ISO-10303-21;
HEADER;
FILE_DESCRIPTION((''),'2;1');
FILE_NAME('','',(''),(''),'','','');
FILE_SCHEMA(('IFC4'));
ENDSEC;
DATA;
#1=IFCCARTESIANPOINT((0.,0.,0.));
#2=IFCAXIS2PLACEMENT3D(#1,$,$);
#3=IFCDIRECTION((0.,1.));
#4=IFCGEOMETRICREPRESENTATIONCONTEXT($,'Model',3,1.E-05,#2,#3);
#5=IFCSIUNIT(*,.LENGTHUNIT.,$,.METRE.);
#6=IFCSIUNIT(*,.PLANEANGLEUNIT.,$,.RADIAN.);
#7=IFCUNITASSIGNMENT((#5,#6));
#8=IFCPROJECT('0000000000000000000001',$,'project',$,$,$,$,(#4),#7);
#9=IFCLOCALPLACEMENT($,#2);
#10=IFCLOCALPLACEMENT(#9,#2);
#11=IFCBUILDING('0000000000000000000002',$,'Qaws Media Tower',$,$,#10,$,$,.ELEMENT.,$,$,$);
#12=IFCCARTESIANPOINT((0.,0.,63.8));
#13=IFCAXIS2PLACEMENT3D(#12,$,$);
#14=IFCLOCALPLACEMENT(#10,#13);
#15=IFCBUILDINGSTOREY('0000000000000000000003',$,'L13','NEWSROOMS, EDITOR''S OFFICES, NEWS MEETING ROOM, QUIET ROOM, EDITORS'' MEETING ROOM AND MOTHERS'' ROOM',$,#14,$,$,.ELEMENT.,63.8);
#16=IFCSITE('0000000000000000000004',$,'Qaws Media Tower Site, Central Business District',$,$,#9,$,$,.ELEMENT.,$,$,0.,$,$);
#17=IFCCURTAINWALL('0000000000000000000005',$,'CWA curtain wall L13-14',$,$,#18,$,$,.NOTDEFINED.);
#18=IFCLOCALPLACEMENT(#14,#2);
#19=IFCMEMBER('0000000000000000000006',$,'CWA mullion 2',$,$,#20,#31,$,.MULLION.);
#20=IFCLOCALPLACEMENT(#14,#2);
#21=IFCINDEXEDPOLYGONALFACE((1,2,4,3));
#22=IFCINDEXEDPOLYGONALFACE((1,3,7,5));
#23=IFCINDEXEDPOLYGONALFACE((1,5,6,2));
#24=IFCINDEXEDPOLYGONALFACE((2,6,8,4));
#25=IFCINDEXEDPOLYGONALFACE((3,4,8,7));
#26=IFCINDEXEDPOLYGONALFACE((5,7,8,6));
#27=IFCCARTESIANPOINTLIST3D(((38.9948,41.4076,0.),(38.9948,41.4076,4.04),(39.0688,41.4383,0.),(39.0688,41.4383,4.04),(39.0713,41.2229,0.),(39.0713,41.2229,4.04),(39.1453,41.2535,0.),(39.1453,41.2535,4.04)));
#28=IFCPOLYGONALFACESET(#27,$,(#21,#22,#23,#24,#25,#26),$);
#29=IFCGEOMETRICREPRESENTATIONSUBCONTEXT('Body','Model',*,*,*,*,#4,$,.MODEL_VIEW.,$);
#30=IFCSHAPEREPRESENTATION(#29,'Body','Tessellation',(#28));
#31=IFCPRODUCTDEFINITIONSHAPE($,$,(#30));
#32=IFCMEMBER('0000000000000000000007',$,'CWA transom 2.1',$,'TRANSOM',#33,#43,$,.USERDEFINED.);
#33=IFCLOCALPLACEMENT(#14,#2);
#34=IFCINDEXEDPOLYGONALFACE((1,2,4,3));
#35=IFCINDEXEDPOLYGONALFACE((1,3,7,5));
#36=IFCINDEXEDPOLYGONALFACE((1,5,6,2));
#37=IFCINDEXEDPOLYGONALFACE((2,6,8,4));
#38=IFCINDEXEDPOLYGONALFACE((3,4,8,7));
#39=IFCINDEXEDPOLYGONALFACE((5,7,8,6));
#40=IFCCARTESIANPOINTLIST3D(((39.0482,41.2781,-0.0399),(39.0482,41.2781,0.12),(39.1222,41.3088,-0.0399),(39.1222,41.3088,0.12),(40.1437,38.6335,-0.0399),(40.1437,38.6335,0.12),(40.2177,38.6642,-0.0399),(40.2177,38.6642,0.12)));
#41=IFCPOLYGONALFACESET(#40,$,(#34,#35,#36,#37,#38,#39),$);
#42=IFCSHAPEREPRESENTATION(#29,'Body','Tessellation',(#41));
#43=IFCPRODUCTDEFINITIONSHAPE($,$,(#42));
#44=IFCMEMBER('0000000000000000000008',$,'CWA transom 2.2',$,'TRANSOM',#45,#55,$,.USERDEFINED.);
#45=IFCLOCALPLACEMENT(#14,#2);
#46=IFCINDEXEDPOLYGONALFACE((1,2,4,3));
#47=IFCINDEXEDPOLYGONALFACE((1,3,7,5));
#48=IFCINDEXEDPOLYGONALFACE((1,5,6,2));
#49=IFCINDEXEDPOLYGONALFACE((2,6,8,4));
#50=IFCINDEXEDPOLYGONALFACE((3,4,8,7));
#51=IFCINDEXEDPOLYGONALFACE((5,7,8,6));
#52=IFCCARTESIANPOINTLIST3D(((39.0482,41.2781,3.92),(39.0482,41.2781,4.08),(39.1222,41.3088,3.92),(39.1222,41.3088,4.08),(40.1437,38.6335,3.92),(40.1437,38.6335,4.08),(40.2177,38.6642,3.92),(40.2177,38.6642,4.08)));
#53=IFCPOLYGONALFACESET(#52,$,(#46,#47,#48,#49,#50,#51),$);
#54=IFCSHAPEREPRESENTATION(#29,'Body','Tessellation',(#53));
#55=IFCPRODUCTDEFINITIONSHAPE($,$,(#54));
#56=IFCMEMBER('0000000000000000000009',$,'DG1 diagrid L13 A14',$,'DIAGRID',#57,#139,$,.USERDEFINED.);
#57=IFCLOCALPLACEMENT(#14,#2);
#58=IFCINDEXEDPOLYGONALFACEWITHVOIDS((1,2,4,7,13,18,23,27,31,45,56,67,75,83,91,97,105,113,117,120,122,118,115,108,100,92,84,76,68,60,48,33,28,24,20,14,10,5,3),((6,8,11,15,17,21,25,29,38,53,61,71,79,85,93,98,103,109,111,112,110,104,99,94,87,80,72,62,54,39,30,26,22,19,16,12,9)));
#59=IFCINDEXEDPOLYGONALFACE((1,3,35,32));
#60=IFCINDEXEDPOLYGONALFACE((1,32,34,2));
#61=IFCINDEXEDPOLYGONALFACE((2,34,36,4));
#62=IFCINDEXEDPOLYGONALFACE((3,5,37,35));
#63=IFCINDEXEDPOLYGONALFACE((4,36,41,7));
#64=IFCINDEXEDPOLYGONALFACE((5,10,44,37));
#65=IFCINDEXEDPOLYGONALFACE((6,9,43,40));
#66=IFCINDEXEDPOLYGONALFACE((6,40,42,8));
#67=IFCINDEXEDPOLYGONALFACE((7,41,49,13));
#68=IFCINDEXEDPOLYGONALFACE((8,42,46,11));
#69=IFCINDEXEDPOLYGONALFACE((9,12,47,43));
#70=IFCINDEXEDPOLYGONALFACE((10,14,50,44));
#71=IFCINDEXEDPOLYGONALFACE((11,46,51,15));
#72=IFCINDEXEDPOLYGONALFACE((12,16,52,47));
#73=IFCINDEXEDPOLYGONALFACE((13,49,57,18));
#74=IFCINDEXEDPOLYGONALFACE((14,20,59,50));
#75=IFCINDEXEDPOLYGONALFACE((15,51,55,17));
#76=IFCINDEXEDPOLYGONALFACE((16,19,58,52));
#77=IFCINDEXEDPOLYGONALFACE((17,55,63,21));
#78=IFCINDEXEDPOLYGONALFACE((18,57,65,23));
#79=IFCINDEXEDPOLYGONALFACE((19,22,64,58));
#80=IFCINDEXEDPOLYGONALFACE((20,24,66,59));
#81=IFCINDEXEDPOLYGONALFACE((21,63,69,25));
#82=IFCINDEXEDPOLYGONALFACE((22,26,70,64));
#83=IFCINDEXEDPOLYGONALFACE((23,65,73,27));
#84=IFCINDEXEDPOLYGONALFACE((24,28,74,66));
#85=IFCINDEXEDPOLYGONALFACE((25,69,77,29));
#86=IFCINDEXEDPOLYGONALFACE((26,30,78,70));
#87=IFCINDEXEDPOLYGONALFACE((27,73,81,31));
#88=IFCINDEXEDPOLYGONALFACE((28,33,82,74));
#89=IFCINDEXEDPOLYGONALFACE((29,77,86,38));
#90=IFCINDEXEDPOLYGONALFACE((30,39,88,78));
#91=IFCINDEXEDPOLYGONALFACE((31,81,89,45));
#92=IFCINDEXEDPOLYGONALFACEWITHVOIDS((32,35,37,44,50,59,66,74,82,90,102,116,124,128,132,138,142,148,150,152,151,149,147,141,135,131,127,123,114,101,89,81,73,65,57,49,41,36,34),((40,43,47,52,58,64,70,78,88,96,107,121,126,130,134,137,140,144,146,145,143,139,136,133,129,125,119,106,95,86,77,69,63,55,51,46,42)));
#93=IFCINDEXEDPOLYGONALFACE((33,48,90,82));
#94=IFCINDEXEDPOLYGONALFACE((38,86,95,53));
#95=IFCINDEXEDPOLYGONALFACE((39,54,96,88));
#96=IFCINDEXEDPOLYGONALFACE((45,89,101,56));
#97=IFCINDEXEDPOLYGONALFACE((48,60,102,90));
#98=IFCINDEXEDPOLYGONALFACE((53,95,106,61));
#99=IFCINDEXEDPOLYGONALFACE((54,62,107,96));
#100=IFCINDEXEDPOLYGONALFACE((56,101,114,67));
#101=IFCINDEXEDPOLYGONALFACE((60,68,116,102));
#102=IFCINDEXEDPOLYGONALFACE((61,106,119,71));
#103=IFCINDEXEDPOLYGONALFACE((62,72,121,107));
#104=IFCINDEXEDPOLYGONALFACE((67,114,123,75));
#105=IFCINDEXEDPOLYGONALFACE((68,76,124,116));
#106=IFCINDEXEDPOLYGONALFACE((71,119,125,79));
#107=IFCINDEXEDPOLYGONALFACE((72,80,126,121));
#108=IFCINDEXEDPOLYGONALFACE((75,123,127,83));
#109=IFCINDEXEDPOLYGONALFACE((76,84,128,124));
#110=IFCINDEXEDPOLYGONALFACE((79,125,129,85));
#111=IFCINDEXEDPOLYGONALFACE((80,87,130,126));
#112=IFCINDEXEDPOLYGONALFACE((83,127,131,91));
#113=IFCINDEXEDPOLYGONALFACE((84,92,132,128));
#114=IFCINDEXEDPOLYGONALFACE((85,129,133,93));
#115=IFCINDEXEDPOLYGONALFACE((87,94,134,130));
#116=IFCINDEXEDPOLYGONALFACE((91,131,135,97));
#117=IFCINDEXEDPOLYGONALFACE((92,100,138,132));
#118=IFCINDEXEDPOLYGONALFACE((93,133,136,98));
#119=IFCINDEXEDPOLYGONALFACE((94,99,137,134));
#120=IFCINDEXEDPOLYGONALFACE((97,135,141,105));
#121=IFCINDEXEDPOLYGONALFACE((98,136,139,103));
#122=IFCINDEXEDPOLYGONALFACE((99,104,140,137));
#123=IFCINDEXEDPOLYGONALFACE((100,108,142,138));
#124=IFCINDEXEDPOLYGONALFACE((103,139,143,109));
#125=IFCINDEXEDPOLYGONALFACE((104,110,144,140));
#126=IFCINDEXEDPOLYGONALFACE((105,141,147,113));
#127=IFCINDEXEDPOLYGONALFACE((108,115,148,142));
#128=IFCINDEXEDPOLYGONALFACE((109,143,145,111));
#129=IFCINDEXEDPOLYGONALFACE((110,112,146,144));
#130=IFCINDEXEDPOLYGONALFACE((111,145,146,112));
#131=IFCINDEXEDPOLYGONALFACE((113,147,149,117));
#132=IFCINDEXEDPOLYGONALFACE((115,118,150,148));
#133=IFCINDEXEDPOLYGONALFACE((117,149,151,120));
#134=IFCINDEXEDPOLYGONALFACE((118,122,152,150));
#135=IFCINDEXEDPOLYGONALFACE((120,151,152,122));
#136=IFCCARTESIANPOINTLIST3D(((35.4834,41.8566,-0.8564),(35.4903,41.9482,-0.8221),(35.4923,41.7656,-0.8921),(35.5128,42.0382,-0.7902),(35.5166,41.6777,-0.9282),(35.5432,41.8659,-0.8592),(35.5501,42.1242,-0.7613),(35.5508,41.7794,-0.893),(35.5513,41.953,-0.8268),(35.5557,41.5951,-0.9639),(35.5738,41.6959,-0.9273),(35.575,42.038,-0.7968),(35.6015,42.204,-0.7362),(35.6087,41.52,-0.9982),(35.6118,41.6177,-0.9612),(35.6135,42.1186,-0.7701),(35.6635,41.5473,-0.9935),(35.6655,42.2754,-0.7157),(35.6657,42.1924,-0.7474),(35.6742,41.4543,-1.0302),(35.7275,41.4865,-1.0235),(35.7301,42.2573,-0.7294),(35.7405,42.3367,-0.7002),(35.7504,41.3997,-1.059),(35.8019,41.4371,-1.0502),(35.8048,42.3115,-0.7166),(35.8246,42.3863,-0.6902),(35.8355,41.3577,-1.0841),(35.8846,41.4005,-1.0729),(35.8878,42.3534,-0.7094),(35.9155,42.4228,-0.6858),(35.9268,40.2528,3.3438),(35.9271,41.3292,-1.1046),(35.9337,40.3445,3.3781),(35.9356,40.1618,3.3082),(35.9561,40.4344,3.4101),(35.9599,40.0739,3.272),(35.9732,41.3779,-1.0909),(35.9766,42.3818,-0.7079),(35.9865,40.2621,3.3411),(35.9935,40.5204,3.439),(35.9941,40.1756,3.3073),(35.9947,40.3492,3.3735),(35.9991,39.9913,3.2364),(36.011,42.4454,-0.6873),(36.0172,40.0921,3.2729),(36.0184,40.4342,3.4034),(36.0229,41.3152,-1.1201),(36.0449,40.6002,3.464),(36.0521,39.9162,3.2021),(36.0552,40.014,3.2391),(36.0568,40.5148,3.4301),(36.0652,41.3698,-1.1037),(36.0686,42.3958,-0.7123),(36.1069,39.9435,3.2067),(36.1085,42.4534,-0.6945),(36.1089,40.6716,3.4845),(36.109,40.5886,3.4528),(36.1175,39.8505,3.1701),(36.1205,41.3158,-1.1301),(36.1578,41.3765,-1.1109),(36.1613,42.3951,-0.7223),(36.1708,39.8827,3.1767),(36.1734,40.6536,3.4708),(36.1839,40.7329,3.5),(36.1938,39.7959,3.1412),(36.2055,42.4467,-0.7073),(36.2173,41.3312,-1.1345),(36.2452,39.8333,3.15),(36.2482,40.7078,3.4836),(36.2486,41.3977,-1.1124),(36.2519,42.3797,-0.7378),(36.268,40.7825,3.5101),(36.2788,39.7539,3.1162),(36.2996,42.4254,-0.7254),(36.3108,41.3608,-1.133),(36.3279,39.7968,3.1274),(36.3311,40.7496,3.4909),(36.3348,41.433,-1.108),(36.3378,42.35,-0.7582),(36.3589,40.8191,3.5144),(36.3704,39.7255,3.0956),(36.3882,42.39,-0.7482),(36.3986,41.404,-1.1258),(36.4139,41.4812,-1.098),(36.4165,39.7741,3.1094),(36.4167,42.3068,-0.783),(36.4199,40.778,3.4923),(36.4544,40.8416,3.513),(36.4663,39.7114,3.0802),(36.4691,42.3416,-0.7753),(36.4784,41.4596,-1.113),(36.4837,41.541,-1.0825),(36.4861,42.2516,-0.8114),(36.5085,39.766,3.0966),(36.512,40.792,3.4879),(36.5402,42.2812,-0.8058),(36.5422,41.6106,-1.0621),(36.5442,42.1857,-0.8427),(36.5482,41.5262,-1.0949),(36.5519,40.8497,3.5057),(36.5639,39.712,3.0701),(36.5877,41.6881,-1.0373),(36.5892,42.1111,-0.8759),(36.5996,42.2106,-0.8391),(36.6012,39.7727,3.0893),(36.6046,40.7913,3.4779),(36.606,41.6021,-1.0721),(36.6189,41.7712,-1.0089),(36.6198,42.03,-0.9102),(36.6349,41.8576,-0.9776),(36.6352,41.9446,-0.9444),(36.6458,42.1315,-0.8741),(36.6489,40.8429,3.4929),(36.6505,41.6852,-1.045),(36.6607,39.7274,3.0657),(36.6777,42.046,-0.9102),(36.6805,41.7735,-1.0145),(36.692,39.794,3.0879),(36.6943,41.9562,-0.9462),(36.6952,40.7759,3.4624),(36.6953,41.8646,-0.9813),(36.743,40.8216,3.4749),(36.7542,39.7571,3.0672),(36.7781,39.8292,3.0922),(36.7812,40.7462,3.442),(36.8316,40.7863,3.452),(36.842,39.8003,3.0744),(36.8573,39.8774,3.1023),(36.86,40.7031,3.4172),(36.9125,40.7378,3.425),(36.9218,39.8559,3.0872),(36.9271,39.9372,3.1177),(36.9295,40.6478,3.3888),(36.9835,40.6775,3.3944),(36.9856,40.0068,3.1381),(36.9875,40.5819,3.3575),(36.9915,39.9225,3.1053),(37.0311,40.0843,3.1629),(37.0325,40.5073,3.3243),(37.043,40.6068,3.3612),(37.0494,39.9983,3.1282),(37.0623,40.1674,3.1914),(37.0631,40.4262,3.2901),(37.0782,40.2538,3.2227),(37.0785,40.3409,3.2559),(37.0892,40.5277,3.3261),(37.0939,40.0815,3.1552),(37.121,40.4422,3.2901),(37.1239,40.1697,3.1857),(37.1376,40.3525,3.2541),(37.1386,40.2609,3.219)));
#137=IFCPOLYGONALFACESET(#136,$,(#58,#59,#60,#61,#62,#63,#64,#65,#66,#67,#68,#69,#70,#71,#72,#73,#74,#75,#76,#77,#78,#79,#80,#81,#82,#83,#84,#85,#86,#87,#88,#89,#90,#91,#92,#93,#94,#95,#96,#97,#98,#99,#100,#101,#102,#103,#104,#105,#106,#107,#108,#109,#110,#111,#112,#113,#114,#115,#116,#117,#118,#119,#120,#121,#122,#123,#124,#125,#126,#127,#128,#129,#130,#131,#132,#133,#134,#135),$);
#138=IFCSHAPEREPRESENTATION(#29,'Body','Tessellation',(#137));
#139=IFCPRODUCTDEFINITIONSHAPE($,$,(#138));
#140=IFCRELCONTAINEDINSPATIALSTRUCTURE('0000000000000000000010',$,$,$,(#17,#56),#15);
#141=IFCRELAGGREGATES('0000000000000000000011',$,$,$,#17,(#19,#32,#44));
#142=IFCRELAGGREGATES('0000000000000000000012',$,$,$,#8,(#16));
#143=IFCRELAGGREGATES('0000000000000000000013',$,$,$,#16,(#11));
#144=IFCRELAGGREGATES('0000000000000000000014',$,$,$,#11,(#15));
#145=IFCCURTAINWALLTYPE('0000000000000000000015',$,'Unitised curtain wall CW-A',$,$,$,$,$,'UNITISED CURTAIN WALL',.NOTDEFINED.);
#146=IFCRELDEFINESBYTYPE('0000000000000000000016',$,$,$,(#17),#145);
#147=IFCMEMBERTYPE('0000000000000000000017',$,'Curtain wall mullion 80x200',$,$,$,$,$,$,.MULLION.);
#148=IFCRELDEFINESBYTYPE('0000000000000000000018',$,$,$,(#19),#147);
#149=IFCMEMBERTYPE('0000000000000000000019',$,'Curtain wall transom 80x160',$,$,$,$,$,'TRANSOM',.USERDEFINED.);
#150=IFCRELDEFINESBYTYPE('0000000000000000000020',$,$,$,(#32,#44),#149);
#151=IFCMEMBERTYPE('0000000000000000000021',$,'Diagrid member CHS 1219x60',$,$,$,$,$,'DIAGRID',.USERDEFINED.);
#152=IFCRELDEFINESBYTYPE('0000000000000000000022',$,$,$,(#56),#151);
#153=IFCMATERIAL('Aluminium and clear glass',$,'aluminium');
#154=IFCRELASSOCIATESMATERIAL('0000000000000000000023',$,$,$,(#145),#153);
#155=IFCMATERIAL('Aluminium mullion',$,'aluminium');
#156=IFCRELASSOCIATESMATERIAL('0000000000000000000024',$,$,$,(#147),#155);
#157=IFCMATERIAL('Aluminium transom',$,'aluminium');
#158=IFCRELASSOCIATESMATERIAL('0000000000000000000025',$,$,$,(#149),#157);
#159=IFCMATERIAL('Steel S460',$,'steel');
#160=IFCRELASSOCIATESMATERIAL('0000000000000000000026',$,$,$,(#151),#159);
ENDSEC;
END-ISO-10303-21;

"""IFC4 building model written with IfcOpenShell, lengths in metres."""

from ifc_helpers import new_model, si_unit, direction, frame, origin, origin_2d, place, context, subcontext, project, spatial, rectangle, hollow_circle, extrude, material, material_profile, profile_set, type_object, element, aggregate, save


model = new_model("IFC4")

# Units and contexts
model_context = context("Model", 3, precision=1e-05, world=origin(), true_north=direction((0.0, 1.0)))
body_context = subcontext(model_context, "Body", "Model", "MODEL_VIEW")
ifc_project = project(units=[si_unit("LENGTHUNIT", "METRE"), si_unit("PLANEANGLEUNIT", "RADIAN")], contexts=[model_context])

# Site, building, storey
site_placement = place(None, origin())
site = spatial("IfcSite", under=ifc_project, at=site_placement, Name="Qaws Media Tower Site, Central Business District", CompositionType="ELEMENT", RefElevation=0.0)
building_placement = place(site_placement, origin())
building = spatial("IfcBuilding", under=site, at=building_placement, Name="Qaws Media Tower", CompositionType="ELEMENT")
storey_placement = place(building_placement, frame((0.0, 0.0, 63.8)))
storey = spatial("IfcBuildingStorey", under=building, at=storey_placement, Name="L13", Description="NEWSROOMS, EDITOR'S OFFICES, NEWS MEETING ROOM, QUIET ROOM, EDITORS' MEETING ROOM AND MOTHERS' ROOM", CompositionType="ELEMENT", Elevation=63.8)

# Curtain wall, members
ifc_material_1 = material(Name="Aluminium and clear glass", Category="aluminium")
curtain_wall_type = type_object("IfcCurtainWallType", Name="Unitised curtain wall CW-A", ElementType="UNITISED CURTAIN WALL", PredefinedType="NOTDEFINED", material=ifc_material_1)
curtain_wall_placement = place(storey_placement, origin())
curtain_wall = element("IfcCurtainWall", 1, at=curtain_wall_placement, inside=storey, type_object=curtain_wall_type, Name="CWA curtain wall L13-14", PredefinedType="NOTDEFINED")
ifc_material_2 = material(Name="Aluminium mullion", Category="aluminium")
ifc_material_profile_1 = material_profile(ifc_material_2, rectangle(XDim=0.0801, YDim=0.2, at=origin_2d()), Name="80x200")
ifc_profile_set_1 = profile_set([ifc_material_profile_1], Name="Aluminium mullion")
member_type_1 = type_object("IfcMemberType", Name="Curtain wall mullion 80x200", PredefinedType="MULLION", material=ifc_profile_set_1)
member_1_placement = place(storey_placement, frame((39.0701, 41.3306, 0.0), z_axis=(0.0, 0.0, 1.0), x_axis=(0.92388, 0.382683, 0.0)))
member_1 = element("IfcMember", 2, at=member_1_placement, type_object=member_type_1, Name="CWA mullion 2", PredefinedType="MULLION", context=body_context, shape_type="SweptSolid", body=[
    extrude(rectangle(XDim=0.0801, YDim=0.2, at=origin_2d()), origin(), (0.0, 0.0, 1.0), 4.04),
])
ifc_material_3 = material(Name="Aluminium transom", Category="aluminium")
ifc_material_profile_2 = material_profile(ifc_material_3, rectangle(XDim=0.0801, YDim=0.1599, at=origin_2d()), Name="80x160")
ifc_profile_set_2 = profile_set([ifc_material_profile_2], Name="Aluminium transom")
member_type_2 = type_object("IfcMemberType", Name="Curtain wall transom 80x160", ElementType="TRANSOM", PredefinedType="USERDEFINED", material=ifc_profile_set_2)
member_2_placement = place(storey_placement, frame((39.0852, 41.2935, 0.04), z_axis=(0.382701, -0.923872, 0.0), x_axis=(0.923872, 0.382701, 0.0)))
member_2 = element("IfcMember", 3, at=member_2_placement, type_object=member_type_2, Name="CWA transom 2.1", ObjectType="TRANSOM", PredefinedType="USERDEFINED", context=body_context, shape_type="SweptSolid", body=[
    extrude(rectangle(XDim=0.0801, YDim=0.1599, at=origin_2d()), origin(), (0.0, 0.0, 1.0), 2.8625),
])
member_3_placement = place(storey_placement, frame((39.0852, 41.2935, 4.0), z_axis=(0.382701, -0.923872, 0.0), x_axis=(0.923872, 0.382701, 0.0)))
member_3 = element("IfcMember", 4, at=member_3_placement, type_object=member_type_2, Name="CWA transom 2.2", ObjectType="TRANSOM", PredefinedType="USERDEFINED", context=body_context, shape_type="SweptSolid", body=[
    extrude(rectangle(XDim=0.0801, YDim=0.1599, at=origin_2d()), origin(), (0.0, 0.0, 1.0), 2.8625),
])

# Member
ifc_material_4 = material(Name="Steel S460", Category="steel")
ifc_material_profile_3 = material_profile(ifc_material_4, hollow_circle(Radius=0.6096, WallThickness=0.0601, at=origin_2d()), Name="CHS 1219x60")
ifc_profile_set_3 = profile_set([ifc_material_profile_3], Name="Steel S460")
member_type_3 = type_object("IfcMemberType", Name="Diagrid member CHS 1219x60", ElementType="DIAGRID", PredefinedType="USERDEFINED", material=ifc_profile_set_3)
for number, where, z_axis, x_axis, name in (
    (5, (36.0901, 41.8835, -0.9102), (0.098137, -0.354989, 0.929705), (0.963847, 0.266456, 0.0), "DG1 diagrid L13 A14"),
):
    element("IfcMember", number, at=place(storey_placement, frame(where, z_axis=z_axis, x_axis=x_axis)), inside=storey, type_object=member_type_3, Name=name, ObjectType="DIAGRID", PredefinedType="USERDEFINED", context=body_context, shape_type="SweptSolid", body=[
        extrude(hollow_circle(Radius=0.6096, WallThickness=0.0601, at=origin_2d()), origin(), (0.0, 0.0, 1.0), 4.5178),
    ])

aggregate(curtain_wall, [member_1, member_2, member_3])

save(model, "model.ifc")
